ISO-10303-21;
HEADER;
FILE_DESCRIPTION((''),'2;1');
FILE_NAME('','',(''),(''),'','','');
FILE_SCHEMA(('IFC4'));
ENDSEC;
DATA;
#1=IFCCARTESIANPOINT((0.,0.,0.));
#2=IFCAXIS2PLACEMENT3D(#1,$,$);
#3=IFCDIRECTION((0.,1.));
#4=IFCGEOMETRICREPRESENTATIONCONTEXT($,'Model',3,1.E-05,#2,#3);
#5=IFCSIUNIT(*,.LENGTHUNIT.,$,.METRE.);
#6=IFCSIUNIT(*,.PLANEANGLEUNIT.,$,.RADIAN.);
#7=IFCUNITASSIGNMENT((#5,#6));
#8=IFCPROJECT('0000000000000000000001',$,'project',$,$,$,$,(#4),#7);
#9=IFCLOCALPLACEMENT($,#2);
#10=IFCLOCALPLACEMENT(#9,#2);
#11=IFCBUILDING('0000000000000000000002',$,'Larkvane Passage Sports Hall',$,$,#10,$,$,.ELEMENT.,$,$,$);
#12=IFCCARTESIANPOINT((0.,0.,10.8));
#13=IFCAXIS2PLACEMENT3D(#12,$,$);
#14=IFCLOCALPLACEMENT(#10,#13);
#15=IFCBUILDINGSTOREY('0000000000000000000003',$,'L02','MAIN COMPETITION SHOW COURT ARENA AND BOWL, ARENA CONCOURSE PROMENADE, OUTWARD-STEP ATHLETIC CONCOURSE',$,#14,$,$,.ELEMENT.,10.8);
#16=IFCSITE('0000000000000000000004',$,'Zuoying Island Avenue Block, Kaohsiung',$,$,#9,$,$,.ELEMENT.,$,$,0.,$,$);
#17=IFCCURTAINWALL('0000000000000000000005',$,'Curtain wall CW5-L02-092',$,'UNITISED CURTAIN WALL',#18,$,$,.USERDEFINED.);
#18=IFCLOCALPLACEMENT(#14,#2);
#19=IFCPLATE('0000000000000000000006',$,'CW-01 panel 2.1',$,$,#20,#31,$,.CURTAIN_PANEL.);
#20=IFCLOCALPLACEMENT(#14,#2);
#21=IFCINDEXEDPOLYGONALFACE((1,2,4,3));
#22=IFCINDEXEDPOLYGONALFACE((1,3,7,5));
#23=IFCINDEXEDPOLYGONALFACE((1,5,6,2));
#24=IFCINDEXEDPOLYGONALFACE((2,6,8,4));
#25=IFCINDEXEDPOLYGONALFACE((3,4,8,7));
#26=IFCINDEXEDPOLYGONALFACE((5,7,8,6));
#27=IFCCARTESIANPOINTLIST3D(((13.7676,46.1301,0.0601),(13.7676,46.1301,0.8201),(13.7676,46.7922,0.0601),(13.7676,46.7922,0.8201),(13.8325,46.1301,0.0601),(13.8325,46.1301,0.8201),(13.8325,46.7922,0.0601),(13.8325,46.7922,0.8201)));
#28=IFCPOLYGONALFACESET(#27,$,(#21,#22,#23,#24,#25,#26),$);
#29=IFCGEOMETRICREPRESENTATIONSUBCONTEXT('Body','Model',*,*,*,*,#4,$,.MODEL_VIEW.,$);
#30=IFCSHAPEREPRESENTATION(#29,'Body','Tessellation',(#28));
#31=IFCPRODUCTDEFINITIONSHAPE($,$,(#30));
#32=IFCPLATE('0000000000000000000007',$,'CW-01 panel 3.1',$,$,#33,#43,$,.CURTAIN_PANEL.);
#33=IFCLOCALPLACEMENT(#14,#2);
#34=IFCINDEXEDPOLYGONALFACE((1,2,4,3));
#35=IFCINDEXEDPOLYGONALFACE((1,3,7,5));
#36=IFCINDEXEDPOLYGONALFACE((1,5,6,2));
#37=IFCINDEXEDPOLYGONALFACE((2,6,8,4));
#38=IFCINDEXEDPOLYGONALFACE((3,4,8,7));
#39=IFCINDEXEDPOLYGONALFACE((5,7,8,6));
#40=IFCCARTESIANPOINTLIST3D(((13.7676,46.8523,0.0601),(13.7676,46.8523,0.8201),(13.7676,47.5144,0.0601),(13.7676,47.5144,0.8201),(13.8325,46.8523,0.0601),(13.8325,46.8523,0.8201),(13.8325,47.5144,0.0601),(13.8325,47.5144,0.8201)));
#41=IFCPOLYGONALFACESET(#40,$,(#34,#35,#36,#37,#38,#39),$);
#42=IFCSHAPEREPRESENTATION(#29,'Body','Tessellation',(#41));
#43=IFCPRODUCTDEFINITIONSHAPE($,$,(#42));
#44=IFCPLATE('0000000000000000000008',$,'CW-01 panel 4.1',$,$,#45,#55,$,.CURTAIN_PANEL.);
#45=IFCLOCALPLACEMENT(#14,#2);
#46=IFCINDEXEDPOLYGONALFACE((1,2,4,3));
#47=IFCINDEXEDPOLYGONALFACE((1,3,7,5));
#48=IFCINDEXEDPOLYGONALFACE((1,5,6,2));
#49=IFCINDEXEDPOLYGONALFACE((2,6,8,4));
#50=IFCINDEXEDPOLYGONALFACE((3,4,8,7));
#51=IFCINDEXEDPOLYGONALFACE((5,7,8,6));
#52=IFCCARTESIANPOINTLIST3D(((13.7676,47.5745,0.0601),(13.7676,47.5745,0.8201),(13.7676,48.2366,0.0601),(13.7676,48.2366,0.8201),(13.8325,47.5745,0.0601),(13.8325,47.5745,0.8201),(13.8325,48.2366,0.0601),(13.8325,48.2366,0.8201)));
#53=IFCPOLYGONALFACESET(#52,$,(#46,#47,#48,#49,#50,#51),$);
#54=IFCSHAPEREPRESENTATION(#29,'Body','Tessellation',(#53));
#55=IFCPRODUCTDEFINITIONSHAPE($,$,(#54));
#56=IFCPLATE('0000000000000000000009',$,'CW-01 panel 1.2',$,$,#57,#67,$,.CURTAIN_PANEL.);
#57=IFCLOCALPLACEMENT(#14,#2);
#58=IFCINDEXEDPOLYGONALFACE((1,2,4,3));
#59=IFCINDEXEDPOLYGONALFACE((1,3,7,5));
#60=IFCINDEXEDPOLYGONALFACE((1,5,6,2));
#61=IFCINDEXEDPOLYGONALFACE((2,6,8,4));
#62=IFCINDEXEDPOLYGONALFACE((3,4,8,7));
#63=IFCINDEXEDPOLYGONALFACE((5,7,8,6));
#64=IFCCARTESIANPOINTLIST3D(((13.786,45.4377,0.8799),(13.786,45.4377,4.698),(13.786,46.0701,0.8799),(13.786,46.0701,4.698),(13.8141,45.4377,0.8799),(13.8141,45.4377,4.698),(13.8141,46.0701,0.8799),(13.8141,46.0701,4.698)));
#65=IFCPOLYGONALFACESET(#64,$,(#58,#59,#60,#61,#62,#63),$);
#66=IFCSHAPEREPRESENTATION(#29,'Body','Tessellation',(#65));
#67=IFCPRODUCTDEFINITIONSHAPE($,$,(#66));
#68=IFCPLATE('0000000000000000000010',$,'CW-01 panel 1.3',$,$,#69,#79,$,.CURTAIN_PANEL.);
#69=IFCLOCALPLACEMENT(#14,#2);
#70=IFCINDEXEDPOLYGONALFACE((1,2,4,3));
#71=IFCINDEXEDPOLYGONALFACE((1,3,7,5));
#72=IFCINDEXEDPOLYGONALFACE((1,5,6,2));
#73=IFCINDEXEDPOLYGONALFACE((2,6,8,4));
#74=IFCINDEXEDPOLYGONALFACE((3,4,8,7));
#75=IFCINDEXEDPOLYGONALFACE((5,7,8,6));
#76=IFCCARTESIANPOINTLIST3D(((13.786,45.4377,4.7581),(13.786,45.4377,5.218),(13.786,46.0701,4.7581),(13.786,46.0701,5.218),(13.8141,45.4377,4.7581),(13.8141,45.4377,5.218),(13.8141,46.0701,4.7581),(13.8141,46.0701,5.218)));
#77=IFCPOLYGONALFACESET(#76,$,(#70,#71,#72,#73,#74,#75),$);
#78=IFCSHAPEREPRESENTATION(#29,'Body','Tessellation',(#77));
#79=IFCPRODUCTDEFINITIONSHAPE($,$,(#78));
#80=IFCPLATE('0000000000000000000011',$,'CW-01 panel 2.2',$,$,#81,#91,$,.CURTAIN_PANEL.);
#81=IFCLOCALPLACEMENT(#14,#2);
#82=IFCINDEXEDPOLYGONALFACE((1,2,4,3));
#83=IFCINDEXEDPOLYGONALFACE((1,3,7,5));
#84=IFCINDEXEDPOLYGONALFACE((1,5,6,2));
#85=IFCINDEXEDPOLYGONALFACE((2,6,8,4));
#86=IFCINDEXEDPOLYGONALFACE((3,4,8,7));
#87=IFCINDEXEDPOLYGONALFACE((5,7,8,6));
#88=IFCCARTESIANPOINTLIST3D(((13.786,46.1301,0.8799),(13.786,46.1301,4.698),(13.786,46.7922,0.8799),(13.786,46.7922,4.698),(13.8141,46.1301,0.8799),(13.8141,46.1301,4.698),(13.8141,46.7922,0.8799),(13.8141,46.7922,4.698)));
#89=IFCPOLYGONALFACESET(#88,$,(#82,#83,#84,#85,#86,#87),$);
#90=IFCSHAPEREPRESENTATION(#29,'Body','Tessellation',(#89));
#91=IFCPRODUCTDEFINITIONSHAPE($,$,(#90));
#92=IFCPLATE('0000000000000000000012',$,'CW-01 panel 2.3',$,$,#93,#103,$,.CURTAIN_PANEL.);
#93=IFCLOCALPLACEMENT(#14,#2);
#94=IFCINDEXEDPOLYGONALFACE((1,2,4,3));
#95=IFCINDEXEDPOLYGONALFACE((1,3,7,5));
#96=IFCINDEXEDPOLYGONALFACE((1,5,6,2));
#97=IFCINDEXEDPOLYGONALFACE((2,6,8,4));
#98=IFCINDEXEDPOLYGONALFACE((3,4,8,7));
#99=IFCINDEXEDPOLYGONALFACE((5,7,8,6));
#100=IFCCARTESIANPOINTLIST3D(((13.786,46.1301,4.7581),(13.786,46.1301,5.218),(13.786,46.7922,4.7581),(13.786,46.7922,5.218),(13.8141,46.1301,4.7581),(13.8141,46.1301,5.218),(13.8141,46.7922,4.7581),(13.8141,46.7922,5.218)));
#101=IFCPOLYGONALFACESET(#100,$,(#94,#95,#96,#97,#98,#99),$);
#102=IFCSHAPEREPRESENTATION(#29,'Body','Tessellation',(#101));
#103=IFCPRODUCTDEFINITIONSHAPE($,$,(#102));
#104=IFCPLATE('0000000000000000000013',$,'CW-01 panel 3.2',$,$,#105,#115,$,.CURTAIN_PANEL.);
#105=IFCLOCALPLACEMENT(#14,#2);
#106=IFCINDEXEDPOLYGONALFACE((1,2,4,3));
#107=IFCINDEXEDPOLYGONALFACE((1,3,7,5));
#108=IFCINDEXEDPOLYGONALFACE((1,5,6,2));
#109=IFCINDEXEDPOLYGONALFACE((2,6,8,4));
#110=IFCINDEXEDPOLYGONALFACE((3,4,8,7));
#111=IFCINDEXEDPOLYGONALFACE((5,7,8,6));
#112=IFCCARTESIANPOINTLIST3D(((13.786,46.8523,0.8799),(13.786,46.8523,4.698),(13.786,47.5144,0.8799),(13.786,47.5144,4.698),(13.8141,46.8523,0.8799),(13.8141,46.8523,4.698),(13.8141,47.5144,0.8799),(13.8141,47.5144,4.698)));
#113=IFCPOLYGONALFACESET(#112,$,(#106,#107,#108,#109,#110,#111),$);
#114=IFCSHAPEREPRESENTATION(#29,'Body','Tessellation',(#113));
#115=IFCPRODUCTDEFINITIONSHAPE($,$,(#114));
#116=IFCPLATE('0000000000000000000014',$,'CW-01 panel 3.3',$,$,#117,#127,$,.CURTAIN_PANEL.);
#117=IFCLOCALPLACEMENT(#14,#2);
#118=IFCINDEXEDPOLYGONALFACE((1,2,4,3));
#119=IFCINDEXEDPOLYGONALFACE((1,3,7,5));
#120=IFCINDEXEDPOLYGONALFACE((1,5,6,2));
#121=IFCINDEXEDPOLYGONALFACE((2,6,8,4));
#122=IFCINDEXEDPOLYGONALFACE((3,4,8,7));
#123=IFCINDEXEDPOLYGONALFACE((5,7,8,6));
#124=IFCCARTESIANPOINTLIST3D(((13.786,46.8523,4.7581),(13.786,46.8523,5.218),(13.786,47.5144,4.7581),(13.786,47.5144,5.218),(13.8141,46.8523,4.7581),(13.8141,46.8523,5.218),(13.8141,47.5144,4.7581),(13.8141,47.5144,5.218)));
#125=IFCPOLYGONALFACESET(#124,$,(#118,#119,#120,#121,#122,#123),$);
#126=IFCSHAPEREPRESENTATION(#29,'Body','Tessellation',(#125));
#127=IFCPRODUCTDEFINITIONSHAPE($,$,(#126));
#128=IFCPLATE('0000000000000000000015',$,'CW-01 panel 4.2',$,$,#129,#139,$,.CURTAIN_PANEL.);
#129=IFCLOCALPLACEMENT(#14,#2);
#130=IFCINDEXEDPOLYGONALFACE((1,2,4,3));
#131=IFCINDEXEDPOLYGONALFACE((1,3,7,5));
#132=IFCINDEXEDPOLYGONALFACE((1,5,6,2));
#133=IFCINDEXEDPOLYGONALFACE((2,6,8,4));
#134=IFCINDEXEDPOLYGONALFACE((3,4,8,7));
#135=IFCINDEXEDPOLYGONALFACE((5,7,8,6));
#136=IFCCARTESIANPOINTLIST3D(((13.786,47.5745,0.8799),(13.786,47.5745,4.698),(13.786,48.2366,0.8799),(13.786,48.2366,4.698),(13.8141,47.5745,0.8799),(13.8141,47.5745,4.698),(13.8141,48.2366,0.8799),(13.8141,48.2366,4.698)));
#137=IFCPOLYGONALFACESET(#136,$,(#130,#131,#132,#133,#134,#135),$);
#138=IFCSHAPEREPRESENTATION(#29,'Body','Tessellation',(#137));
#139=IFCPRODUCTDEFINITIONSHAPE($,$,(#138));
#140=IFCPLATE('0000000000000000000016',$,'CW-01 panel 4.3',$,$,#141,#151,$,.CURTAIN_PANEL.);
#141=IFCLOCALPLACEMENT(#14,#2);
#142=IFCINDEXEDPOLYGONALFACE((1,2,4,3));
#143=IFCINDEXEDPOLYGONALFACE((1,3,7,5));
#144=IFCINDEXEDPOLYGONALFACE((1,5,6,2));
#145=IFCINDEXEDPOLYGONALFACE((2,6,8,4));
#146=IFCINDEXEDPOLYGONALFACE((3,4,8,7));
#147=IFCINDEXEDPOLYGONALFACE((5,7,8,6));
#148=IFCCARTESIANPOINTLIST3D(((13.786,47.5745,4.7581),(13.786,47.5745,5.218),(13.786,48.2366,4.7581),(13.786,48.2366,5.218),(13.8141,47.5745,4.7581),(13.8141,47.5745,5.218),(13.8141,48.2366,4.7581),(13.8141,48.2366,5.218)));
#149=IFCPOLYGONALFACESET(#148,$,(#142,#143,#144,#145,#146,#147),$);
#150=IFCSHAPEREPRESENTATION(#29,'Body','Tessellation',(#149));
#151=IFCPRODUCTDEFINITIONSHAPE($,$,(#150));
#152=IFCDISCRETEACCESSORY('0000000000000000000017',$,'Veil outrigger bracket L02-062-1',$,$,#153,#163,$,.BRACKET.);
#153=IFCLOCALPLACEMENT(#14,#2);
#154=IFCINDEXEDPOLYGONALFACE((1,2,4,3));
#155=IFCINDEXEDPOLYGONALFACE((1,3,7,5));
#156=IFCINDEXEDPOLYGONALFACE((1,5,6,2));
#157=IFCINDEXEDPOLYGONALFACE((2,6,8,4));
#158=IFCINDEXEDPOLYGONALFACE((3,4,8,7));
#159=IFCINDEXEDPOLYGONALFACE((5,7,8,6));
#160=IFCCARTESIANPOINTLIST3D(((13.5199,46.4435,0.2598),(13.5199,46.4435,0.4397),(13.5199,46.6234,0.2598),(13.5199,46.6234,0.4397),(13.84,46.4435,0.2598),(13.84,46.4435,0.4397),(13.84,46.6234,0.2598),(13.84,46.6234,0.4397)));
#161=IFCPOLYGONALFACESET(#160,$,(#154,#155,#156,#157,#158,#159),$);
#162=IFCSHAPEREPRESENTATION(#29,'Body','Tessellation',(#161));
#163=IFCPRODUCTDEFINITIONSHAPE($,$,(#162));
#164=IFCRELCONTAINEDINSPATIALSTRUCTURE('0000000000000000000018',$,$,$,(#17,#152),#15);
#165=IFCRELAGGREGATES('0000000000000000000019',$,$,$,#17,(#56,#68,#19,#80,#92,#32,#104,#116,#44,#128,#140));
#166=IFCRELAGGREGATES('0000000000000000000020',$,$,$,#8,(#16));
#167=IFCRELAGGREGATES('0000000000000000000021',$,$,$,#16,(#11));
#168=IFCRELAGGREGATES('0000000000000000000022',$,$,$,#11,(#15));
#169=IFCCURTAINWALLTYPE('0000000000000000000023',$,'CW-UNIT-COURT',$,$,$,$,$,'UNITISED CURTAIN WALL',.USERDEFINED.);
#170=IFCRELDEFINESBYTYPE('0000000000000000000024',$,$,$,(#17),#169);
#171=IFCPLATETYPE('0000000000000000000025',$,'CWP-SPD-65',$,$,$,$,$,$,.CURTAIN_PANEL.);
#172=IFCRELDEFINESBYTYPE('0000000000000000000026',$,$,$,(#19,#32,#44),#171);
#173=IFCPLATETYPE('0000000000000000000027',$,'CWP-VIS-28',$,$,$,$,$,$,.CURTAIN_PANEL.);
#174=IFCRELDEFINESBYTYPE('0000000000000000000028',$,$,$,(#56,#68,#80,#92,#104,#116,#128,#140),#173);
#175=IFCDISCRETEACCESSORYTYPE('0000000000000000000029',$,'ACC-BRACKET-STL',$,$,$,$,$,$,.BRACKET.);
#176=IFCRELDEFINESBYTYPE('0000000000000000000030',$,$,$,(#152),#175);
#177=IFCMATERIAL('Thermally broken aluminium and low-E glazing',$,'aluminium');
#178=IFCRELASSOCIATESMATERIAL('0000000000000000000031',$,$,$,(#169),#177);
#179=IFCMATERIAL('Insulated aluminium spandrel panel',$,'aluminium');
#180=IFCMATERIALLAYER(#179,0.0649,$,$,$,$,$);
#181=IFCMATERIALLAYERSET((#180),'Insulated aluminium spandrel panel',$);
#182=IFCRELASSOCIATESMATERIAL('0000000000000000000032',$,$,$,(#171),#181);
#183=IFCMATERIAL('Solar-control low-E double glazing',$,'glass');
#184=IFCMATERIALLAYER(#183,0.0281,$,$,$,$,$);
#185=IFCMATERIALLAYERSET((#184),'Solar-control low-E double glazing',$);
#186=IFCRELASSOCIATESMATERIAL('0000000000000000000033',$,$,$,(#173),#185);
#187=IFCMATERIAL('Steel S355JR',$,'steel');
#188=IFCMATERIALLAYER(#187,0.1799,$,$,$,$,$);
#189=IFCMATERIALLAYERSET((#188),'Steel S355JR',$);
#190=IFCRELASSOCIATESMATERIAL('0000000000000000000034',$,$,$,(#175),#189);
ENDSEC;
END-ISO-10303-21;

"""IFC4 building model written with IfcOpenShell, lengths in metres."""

from ifc_helpers import new_model, si_unit, direction, frame, origin, origin_2d, place, context, subcontext, project, spatial, rectangle, extrude, material, layer, layer_set, type_object, element, aggregate, save


model = new_model("IFC4")

# Units and contexts
model_context = context("Model", 3, precision=1e-05, world=origin(), true_north=direction((0.0, 1.0)))
body_context = subcontext(model_context, "Body", "Model", "MODEL_VIEW")
ifc_project = project(units=[si_unit("LENGTHUNIT", "METRE"), si_unit("PLANEANGLEUNIT", "RADIAN")], contexts=[model_context])

# Site, building, storey
site_placement = place(None, origin())
site = spatial("IfcSite", under=ifc_project, at=site_placement, Name="Zuoying Island Avenue Block, Kaohsiung", CompositionType="ELEMENT", RefElevation=0.0)
building_placement = place(site_placement, origin())
building = spatial("IfcBuilding", under=site, at=building_placement, Name="Larkvane Passage Sports Hall", CompositionType="ELEMENT")
storey_placement = place(building_placement, frame((0.0, 0.0, 10.8)))
storey = spatial("IfcBuildingStorey", under=building, at=storey_placement, Name="L02", Description="MAIN COMPETITION SHOW COURT ARENA AND BOWL, ARENA CONCOURSE PROMENADE, OUTWARD-STEP ATHLETIC CONCOURSE", CompositionType="ELEMENT", Elevation=10.8)

# Curtain wall, plates
ifc_material_1 = material(Name="Thermally broken aluminium and low-E glazing", Category="aluminium")
curtain_wall_type = type_object("IfcCurtainWallType", Name="CW-UNIT-COURT", ElementType="UNITISED CURTAIN WALL", PredefinedType="USERDEFINED", material=ifc_material_1)
curtain_wall_placement = place(storey_placement, origin())
curtain_wall = element("IfcCurtainWall", 1, at=curtain_wall_placement, inside=storey, type_object=curtain_wall_type, Name="Curtain wall CW5-L02-092", ObjectType="UNITISED CURTAIN WALL", PredefinedType="USERDEFINED")
ifc_material_2 = material(Name="Insulated aluminium spandrel panel", Category="aluminium")
ifc_layer_1 = layer(ifc_material_2, 0.0649)
ifc_layer_set_1 = layer_set([ifc_layer_1], Name="Insulated aluminium spandrel panel")
plate_type_1 = type_object("IfcPlateType", Name="CWP-SPD-65", PredefinedType="CURTAIN_PANEL", material=ifc_layer_set_1)
plate_1_placement = place(storey_placement, frame((13.8, 46.4612, 0.0601), z_axis=(0.0, 0.0, 1.0), x_axis=(0.0, 1.0, 0.0)))
plate_1 = element("IfcPlate", 2, at=plate_1_placement, type_object=plate_type_1, Name="CW-01 panel 2.1", PredefinedType="CURTAIN_PANEL", context=body_context, shape_type="SweptSolid", body=[
    extrude(rectangle(XDim=0.6621, YDim=0.0649, at=origin_2d()), origin(), (0.0, 0.0, 1.0), 0.76),
])
plate_2_placement = place(storey_placement, frame((13.8, 47.1833, 0.0601), z_axis=(0.0, 0.0, 1.0), x_axis=(0.0, 1.0, 0.0)))
plate_2 = element("IfcPlate", 3, at=plate_2_placement, type_object=plate_type_1, Name="CW-01 panel 3.1", PredefinedType="CURTAIN_PANEL", context=body_context, shape_type="SweptSolid", body=[
    extrude(rectangle(XDim=0.6621, YDim=0.0649, at=origin_2d()), origin(), (0.0, 0.0, 1.0), 0.76),
])
plate_3_placement = place(storey_placement, frame((13.8, 47.9055, 0.0601), z_axis=(0.0, 0.0, 1.0), x_axis=(0.0, 1.0, 0.0)))
plate_3 = element("IfcPlate", 4, at=plate_3_placement, type_object=plate_type_1, Name="CW-01 panel 4.1", PredefinedType="CURTAIN_PANEL", context=body_context, shape_type="SweptSolid", body=[
    extrude(rectangle(XDim=0.6621, YDim=0.0649, at=origin_2d()), origin(), (0.0, 0.0, 1.0), 0.76),
])
ifc_material_3 = material(Name="Solar-control low-E double glazing", Category="glass")
ifc_layer_2 = layer(ifc_material_3, 0.0281)
ifc_layer_set_2 = layer_set([ifc_layer_2], Name="Solar-control low-E double glazing")
plate_type_2 = type_object("IfcPlateType", Name="CWP-VIS-28", PredefinedType="CURTAIN_PANEL", material=ifc_layer_set_2)
plate_4_placement = place(storey_placement, frame((13.8, 45.7539, 0.8799), z_axis=(0.0, 0.0, 1.0), x_axis=(0.0, 1.0, 0.0)))
plate_4 = element("IfcPlate", 5, at=plate_4_placement, type_object=plate_type_2, Name="CW-01 panel 1.2", PredefinedType="CURTAIN_PANEL", context=body_context, shape_type="SweptSolid", body=[
    extrude(rectangle(XDim=0.6323, YDim=0.0281, at=origin_2d()), origin(), (0.0, 0.0, 1.0), 3.8181),
])
plate_5_placement = place(storey_placement, frame((13.8, 45.7539, 4.7581), z_axis=(0.0, 0.0, 1.0), x_axis=(0.0, 1.0, 0.0)))
plate_5 = element("IfcPlate", 6, at=plate_5_placement, type_object=plate_type_2, Name="CW-01 panel 1.3", PredefinedType="CURTAIN_PANEL", context=body_context, shape_type="SweptSolid", body=[
    extrude(rectangle(XDim=0.6323, YDim=0.0281, at=origin_2d()), origin(), (0.0, 0.0, 1.0), 0.46),
])
plate_6_placement = place(storey_placement, frame((13.8, 46.4612, 0.8799), z_axis=(0.0, 0.0, 1.0), x_axis=(0.0, 1.0, 0.0)))
plate_6 = element("IfcPlate", 7, at=plate_6_placement, type_object=plate_type_2, Name="CW-01 panel 2.2", PredefinedType="CURTAIN_PANEL", context=body_context, shape_type="SweptSolid", body=[
    extrude(rectangle(XDim=0.6621, YDim=0.0281, at=origin_2d()), origin(), (0.0, 0.0, 1.0), 3.8181),
])
plate_7_placement = place(storey_placement, frame((13.8, 46.4612, 4.7581), z_axis=(0.0, 0.0, 1.0), x_axis=(0.0, 1.0, 0.0)))
plate_7 = element("IfcPlate", 8, at=plate_7_placement, type_object=plate_type_2, Name="CW-01 panel 2.3", PredefinedType="CURTAIN_PANEL", context=body_context, shape_type="SweptSolid", body=[
    extrude(rectangle(XDim=0.6621, YDim=0.0281, at=origin_2d()), origin(), (0.0, 0.0, 1.0), 0.46),
])
plate_8_placement = place(storey_placement, frame((13.8, 47.1833, 0.8799), z_axis=(0.0, 0.0, 1.0), x_axis=(0.0, 1.0, 0.0)))
plate_8 = element("IfcPlate", 9, at=plate_8_placement, type_object=plate_type_2, Name="CW-01 panel 3.2", PredefinedType="CURTAIN_PANEL", context=body_context, shape_type="SweptSolid", body=[
    extrude(rectangle(XDim=0.6621, YDim=0.0281, at=origin_2d()), origin(), (0.0, 0.0, 1.0), 3.8181),
])
plate_9_placement = place(storey_placement, frame((13.8, 47.1833, 4.7581), z_axis=(0.0, 0.0, 1.0), x_axis=(0.0, 1.0, 0.0)))
plate_9 = element("IfcPlate", 10, at=plate_9_placement, type_object=plate_type_2, Name="CW-01 panel 3.3", PredefinedType="CURTAIN_PANEL", context=body_context, shape_type="SweptSolid", body=[
    extrude(rectangle(XDim=0.6621, YDim=0.0281, at=origin_2d()), origin(), (0.0, 0.0, 1.0), 0.46),
])
plate_10_placement = place(storey_placement, frame((13.8, 47.9055, 0.8799), z_axis=(0.0, 0.0, 1.0), x_axis=(0.0, 1.0, 0.0)))
plate_10 = element("IfcPlate", 11, at=plate_10_placement, type_object=plate_type_2, Name="CW-01 panel 4.2", PredefinedType="CURTAIN_PANEL", context=body_context, shape_type="SweptSolid", body=[
    extrude(rectangle(XDim=0.6621, YDim=0.0281, at=origin_2d()), origin(), (0.0, 0.0, 1.0), 3.8181),
])
plate_11_placement = place(storey_placement, frame((13.8, 47.9055, 4.7581), z_axis=(0.0, 0.0, 1.0), x_axis=(0.0, 1.0, 0.0)))
plate_11 = element("IfcPlate", 12, at=plate_11_placement, type_object=plate_type_2, Name="CW-01 panel 4.3", PredefinedType="CURTAIN_PANEL", context=body_context, shape_type="SweptSolid", body=[
    extrude(rectangle(XDim=0.6621, YDim=0.0281, at=origin_2d()), origin(), (0.0, 0.0, 1.0), 0.46),
])
aggregate(curtain_wall, [plate_4, plate_5, plate_1, plate_6, plate_7, plate_2, plate_8, plate_9, plate_3, plate_10, plate_11])

# Discrete accessory
ifc_material_4 = material(Name="Steel S355JR", Category="steel")
ifc_layer_3 = layer(ifc_material_4, 0.1799)
ifc_layer_set_3 = layer_set([ifc_layer_3], Name="Steel S355JR")
discrete_accessory_type = type_object("IfcDiscreteAccessoryType", Name="ACC-BRACKET-STL", PredefinedType="BRACKET", material=ifc_layer_set_3)
discrete_accessory_placement = place(storey_placement, frame((13.6799, 46.5334, 0.2598), z_axis=(0.0, 0.0, 1.0), x_axis=(0.0, 1.0, 0.0)))
element("IfcDiscreteAccessory", 13, at=discrete_accessory_placement, inside=storey, type_object=discrete_accessory_type, Name="Veil outrigger bracket L02-062-1", PredefinedType="BRACKET", context=body_context, shape_type="SweptSolid", body=[
    extrude(rectangle(XDim=0.1799, YDim=0.3201, at=origin_2d()), origin(), (0.0, 0.0, 1.0), 0.1799),
])

save(model, "model.ifc")
